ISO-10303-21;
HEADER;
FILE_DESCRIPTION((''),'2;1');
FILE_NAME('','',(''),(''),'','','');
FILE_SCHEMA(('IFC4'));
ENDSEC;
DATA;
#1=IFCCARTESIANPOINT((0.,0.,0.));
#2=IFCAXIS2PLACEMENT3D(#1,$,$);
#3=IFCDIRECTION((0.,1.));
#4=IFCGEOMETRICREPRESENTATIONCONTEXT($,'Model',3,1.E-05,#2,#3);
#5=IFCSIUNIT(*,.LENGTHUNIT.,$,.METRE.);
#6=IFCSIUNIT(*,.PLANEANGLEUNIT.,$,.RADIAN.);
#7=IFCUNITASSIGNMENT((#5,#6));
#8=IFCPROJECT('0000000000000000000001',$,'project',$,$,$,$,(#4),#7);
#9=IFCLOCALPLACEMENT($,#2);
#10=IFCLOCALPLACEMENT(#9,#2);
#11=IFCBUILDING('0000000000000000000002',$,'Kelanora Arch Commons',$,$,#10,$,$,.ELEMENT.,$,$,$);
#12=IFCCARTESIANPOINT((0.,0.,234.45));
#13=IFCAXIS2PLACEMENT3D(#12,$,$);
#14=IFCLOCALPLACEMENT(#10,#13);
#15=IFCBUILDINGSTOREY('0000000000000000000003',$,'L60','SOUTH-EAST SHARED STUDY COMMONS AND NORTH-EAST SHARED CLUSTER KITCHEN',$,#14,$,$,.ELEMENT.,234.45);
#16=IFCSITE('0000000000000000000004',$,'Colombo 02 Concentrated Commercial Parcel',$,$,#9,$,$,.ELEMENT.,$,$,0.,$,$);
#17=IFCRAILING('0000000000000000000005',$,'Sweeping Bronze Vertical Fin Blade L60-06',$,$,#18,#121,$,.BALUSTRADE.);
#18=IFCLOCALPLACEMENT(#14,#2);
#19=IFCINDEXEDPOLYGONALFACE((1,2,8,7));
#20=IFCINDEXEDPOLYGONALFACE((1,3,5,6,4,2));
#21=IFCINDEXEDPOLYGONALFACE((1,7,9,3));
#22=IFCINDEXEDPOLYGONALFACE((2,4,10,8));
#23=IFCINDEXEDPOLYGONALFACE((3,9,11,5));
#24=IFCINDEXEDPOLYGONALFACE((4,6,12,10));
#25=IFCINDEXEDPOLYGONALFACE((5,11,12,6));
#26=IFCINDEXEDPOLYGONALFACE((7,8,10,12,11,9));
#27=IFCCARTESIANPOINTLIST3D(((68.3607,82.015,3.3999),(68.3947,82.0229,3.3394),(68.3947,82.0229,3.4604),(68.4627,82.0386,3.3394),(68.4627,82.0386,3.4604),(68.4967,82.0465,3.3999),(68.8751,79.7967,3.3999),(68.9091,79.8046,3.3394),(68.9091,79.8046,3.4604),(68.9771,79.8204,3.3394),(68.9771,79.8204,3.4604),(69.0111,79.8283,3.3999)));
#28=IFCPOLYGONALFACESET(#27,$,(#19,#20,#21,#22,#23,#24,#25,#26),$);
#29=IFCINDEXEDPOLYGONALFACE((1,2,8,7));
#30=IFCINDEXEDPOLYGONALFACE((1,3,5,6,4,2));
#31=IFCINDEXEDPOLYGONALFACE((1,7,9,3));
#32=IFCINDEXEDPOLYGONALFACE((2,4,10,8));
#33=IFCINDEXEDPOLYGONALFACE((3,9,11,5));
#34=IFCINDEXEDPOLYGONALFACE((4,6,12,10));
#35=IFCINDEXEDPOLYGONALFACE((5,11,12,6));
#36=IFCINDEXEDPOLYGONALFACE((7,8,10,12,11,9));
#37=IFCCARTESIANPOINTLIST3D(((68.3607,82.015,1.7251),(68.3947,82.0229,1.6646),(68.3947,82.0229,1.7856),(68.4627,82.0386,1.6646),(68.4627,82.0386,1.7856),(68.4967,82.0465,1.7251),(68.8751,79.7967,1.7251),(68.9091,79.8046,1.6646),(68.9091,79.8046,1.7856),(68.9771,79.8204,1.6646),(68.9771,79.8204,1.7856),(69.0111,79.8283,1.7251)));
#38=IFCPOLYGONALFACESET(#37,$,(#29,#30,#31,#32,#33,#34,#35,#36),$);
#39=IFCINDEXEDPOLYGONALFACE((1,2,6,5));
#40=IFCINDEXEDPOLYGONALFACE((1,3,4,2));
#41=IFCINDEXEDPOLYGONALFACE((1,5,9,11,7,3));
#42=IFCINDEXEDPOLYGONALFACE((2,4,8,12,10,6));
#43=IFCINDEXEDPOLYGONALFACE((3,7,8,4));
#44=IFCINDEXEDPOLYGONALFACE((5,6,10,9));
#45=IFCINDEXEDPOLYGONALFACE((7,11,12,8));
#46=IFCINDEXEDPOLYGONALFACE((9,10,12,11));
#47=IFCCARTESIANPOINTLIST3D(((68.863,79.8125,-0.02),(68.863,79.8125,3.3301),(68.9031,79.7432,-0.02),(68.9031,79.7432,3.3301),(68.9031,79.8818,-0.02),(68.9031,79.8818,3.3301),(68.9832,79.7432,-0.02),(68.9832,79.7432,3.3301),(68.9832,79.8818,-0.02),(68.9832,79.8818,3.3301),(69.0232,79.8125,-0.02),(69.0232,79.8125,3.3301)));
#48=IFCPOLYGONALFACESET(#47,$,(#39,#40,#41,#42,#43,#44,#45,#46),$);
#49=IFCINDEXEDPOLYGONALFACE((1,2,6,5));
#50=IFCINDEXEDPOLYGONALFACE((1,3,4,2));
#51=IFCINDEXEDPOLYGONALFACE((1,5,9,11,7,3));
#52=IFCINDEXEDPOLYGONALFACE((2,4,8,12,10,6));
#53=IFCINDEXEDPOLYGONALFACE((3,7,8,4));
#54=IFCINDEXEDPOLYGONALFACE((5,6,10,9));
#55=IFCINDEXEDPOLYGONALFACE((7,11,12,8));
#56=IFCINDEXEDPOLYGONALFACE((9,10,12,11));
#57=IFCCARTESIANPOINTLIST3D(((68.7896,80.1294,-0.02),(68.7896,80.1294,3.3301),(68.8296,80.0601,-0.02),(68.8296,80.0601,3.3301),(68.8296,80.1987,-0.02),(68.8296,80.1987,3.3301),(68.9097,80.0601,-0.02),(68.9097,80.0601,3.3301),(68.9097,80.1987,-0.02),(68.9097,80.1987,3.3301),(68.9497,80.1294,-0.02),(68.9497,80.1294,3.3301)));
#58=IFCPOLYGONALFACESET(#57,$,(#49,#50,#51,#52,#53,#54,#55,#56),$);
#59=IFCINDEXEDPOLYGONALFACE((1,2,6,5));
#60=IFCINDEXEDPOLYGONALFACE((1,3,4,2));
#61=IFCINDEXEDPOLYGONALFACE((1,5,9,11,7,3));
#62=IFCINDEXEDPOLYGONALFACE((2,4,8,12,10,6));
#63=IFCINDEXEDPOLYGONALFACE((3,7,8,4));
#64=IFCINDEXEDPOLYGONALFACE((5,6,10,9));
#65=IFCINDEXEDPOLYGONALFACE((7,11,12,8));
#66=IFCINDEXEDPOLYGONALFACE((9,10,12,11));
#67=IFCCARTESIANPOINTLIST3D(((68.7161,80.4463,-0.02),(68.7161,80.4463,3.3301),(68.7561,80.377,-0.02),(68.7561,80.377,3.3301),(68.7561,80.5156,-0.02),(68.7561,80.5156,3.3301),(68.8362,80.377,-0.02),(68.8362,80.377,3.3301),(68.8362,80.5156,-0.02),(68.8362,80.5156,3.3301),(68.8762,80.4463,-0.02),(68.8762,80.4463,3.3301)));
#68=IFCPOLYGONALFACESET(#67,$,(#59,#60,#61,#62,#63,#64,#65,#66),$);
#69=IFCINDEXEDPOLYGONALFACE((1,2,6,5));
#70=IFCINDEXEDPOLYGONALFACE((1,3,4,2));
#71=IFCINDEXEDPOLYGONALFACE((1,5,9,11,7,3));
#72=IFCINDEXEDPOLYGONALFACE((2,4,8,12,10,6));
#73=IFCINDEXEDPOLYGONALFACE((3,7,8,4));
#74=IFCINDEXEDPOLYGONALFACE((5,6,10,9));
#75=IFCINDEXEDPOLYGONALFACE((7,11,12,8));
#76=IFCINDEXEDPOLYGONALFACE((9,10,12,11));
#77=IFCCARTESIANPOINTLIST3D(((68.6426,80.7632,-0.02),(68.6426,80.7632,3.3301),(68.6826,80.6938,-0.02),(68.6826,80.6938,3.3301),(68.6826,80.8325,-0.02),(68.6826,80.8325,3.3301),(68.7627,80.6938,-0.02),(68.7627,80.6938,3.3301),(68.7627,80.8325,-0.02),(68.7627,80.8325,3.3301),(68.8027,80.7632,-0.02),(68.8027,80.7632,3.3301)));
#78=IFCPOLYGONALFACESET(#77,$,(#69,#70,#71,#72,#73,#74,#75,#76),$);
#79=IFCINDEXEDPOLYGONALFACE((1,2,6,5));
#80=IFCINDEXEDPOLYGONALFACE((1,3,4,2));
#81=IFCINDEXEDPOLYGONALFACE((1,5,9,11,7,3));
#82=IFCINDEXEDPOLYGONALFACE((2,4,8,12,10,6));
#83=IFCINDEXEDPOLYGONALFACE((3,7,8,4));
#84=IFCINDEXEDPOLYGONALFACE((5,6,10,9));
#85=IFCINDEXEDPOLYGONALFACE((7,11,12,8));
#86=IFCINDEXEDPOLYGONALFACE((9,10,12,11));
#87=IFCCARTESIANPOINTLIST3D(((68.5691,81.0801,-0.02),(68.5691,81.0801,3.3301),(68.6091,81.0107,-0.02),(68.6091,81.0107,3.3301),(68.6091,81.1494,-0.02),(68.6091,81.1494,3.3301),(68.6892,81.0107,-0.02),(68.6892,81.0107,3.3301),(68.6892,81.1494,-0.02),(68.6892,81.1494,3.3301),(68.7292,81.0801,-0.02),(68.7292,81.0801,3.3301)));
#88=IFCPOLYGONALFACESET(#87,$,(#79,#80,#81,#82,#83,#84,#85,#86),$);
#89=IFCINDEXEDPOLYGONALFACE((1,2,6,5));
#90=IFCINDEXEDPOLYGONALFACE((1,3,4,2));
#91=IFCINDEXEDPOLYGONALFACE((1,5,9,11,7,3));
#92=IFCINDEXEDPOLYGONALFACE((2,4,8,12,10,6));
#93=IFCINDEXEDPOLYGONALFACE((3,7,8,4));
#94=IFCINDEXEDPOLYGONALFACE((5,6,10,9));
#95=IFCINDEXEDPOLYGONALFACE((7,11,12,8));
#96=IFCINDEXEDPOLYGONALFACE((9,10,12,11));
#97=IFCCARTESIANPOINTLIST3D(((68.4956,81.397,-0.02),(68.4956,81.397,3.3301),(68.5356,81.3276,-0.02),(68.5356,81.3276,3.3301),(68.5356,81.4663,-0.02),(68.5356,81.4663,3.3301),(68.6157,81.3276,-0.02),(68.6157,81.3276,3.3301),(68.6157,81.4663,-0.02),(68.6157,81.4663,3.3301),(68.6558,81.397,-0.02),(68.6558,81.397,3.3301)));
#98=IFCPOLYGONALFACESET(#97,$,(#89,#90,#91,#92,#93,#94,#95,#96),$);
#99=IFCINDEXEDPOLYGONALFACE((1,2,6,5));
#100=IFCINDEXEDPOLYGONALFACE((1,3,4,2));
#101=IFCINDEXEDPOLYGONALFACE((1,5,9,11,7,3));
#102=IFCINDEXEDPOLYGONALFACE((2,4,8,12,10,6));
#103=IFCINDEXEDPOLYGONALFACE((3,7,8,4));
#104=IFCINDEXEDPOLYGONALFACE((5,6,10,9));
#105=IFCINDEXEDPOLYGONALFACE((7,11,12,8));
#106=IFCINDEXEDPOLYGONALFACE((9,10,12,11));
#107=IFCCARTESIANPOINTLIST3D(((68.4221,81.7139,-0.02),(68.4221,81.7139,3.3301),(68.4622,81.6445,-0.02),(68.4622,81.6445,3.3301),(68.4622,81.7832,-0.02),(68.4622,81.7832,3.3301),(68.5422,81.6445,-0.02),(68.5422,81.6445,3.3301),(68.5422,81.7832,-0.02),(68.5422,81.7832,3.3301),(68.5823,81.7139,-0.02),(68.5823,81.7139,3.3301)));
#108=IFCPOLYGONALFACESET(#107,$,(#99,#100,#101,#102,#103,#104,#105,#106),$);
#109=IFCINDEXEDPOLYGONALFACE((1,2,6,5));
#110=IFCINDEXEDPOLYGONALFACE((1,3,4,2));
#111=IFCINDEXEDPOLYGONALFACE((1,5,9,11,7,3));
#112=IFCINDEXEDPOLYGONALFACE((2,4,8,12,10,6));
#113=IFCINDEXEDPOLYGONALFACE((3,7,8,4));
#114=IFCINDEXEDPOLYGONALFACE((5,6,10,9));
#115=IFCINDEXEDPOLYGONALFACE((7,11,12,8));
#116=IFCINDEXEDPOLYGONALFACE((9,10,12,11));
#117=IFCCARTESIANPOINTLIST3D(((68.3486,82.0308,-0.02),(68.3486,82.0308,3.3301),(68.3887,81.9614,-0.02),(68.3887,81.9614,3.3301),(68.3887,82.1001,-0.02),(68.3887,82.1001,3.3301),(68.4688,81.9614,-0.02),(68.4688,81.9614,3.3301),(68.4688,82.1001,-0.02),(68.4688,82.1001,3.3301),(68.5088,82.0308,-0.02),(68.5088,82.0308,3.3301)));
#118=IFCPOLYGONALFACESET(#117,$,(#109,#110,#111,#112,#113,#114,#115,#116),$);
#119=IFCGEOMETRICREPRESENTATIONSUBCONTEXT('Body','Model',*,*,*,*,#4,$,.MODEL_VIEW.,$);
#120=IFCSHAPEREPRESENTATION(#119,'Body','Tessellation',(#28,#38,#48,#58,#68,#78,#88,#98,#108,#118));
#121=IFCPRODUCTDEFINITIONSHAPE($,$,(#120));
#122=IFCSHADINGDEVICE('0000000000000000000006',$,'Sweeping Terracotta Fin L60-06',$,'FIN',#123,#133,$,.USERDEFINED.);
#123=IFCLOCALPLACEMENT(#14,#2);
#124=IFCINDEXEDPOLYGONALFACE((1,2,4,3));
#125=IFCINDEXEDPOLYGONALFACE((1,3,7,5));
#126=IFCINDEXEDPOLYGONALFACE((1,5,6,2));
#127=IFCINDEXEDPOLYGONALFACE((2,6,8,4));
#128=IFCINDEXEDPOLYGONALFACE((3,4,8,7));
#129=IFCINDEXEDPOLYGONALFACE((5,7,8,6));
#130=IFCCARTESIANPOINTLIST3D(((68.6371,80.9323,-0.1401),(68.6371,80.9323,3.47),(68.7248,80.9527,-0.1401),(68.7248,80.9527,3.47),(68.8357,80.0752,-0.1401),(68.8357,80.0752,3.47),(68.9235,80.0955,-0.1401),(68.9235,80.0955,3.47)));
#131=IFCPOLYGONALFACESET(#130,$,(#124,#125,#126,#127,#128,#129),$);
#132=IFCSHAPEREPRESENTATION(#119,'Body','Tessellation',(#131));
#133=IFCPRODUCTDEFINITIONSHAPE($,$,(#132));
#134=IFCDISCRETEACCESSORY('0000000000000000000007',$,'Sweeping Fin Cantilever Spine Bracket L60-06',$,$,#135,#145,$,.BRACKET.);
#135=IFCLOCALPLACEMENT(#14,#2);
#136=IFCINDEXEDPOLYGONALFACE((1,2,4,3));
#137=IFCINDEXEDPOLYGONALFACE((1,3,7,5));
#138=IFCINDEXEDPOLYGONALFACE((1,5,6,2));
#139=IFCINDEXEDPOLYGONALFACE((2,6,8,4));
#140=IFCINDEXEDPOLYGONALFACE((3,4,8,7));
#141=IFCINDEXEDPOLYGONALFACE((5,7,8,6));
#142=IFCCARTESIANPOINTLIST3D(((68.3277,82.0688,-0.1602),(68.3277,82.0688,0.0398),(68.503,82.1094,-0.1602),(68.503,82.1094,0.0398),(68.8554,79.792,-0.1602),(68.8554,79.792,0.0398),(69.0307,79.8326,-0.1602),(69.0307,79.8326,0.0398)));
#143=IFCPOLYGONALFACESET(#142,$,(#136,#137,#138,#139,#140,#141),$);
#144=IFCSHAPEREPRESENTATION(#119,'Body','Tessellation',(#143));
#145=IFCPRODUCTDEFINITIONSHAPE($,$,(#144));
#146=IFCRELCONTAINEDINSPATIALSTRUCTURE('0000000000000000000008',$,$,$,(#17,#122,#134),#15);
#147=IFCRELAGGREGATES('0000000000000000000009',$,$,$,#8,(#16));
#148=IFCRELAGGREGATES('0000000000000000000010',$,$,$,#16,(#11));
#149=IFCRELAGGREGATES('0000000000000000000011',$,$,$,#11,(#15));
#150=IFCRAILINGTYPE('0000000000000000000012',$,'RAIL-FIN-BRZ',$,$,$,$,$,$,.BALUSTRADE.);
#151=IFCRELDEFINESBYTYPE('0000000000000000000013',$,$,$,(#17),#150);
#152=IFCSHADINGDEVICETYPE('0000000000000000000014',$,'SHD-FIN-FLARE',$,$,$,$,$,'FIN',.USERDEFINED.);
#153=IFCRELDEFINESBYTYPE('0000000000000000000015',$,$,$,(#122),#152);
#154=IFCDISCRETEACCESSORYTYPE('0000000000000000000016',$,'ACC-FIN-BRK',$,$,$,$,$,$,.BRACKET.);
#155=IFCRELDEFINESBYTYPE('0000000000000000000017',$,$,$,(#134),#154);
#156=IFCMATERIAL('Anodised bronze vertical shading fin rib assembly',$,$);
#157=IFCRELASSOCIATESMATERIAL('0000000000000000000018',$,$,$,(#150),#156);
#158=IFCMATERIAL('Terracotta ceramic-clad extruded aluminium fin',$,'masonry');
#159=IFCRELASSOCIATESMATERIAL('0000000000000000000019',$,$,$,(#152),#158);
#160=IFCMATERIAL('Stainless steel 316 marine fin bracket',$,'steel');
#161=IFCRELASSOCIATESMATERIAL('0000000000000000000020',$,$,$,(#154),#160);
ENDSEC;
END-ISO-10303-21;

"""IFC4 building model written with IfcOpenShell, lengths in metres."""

from ifc_helpers import new_model, si_unit, direction, frame, origin, origin_2d, place, context, subcontext, project, spatial, polyline, rectangle, outline, extrude, source, transform, mapped, material, type_object, element, save


model = new_model("IFC4")

# Units and contexts
model_context = context("Model", 3, precision=1e-05, world=origin(), true_north=direction((0.0, 1.0)))
body_context = subcontext(model_context, "Body", "Model", "MODEL_VIEW")
ifc_project = project(units=[si_unit("LENGTHUNIT", "METRE"), si_unit("PLANEANGLEUNIT", "RADIAN")], contexts=[model_context])

# Site, building, storey
site_placement = place(None, origin())
site = spatial("IfcSite", under=ifc_project, at=site_placement, Name="Colombo 02 Concentrated Commercial Parcel", CompositionType="ELEMENT", RefElevation=0.0)
building_placement = place(site_placement, origin())
building = spatial("IfcBuilding", under=site, at=building_placement, Name="Kelanora Arch Commons", CompositionType="ELEMENT")
storey_placement = place(building_placement, frame((0.0, 0.0, 234.45)))
storey = spatial("IfcBuildingStorey", under=building, at=storey_placement, Name="L60", Description="SOUTH-EAST SHARED STUDY COMMONS AND NORTH-EAST SHARED CLUSTER KITCHEN", CompositionType="ELEMENT", Elevation=234.45)

# Railing
ifc_material_1 = material(Name="Anodised bronze vertical shading fin rib assembly")
railing_type = type_object("IfcRailingType", Name="RAIL-FIN-BRZ", PredefinedType="BALUSTRADE", material=ifc_material_1)
railing_placement = place(storey_placement, frame((68.9431, 79.8125, -0.02)))
element("IfcRailing", 1, at=railing_placement, inside=storey, type_object=railing_type, Name="Sweeping Bronze Vertical Fin Blade L60-06", PredefinedType="BALUSTRADE", context=body_context, shape_type="SweptSolid", body=[
    extrude(outline(polyline([(0.0698, 0.0), (0.0349, 0.0605), (-0.0349, 0.0605), (-0.0698, 0.0), (-0.0349, -0.0605), (0.0349, -0.0605), (0.0698, 0.0)])), frame((0.0, 0.0, 3.4199), z_axis=(-0.225901, 0.97415, 0.0), x_axis=(-0.97415, -0.225901, 0.0)), (0.0, 0.0, 1.0), 2.2771),
    extrude(outline(polyline([(0.0698, 0.0), (0.0349, 0.0605), (-0.0349, 0.0605), (-0.0698, 0.0), (-0.0349, -0.0605), (0.0349, -0.0605), (0.0698, 0.0)])), frame((0.0, 0.0, 1.7451), z_axis=(-0.225901, 0.97415, 0.0), x_axis=(-0.97415, -0.225901, 0.0)), (0.0, 0.0, 1.0), 2.2771),
    extrude(outline(polyline([(0.0801, 0.0), (0.04, 0.0693), (-0.04, 0.0693), (-0.0801, 0.0), (-0.04, -0.0693), (0.04, -0.0693), (0.0801, 0.0)])), origin(), (0.0, 0.0, 1.0), 3.3501),
    extrude(outline(polyline([(0.0801, 0.0), (0.04, 0.0693), (-0.04, 0.0693), (-0.0801, 0.0), (-0.04, -0.0693), (0.04, -0.0693), (0.0801, 0.0)])), frame((-0.0735, 0.3169, 0.0)), (0.0, 0.0, 1.0), 3.3501),
    extrude(outline(polyline([(0.0801, 0.0), (0.04, 0.0693), (-0.04, 0.0693), (-0.0801, 0.0), (-0.04, -0.0693), (0.04, -0.0693), (0.0801, 0.0)])), frame((-0.147, 0.6338, 0.0)), (0.0, 0.0, 1.0), 3.3501),
    extrude(outline(polyline([(0.0801, 0.0), (0.04, 0.0693), (-0.04, 0.0693), (-0.0801, 0.0), (-0.04, -0.0693), (0.04, -0.0693), (0.0801, 0.0)])), frame((-0.2205, 0.9507, 0.0)), (0.0, 0.0, 1.0), 3.3501),
    extrude(outline(polyline([(0.0801, 0.0), (0.04, 0.0693), (-0.04, 0.0693), (-0.0801, 0.0), (-0.04, -0.0693), (0.04, -0.0693), (0.0801, 0.0)])), frame((-0.2939, 1.2676, 0.0)), (0.0, 0.0, 1.0), 3.3501),
    extrude(outline(polyline([(0.0801, 0.0), (0.04, 0.0693), (-0.04, 0.0693), (-0.0801, 0.0), (-0.04, -0.0693), (0.04, -0.0693), (0.0801, 0.0)])), frame((-0.3674, 1.5845, 0.0)), (0.0, 0.0, 1.0), 3.3501),
    extrude(outline(polyline([(0.0801, 0.0), (0.04, 0.0693), (-0.04, 0.0693), (-0.0801, 0.0), (-0.04, -0.0693), (0.04, -0.0693), (0.0801, 0.0)])), frame((-0.4409, 1.9014, 0.0)), (0.0, 0.0, 1.0), 3.3501),
    extrude(outline(polyline([(0.0801, 0.0), (0.04, 0.0693), (-0.04, 0.0693), (-0.0801, 0.0), (-0.04, -0.0693), (0.04, -0.0693), (0.0801, 0.0)])), frame((-0.5144, 2.2183, 0.0)), (0.0, 0.0, 1.0), 3.3501),
])

# Shading device
ifc_material_2 = material(Name="Terracotta ceramic-clad extruded aluminium fin", Category="masonry")
shading_device_type = type_object("IfcShadingDeviceType", Name="SHD-FIN-FLARE", ElementType="FIN", PredefinedType="USERDEFINED", material=ifc_material_2)
shared_shape_1 = source(origin(), body_context, "Body", "SweptSolid", [
    extrude(rectangle(XDim=0.8799, YDim=0.0901, at=origin_2d()), origin(), (0.0, 0.0, 1.0), 3.6101),
])
shading_device_placement = place(storey_placement, frame((68.7803, 80.5139, -0.1401), z_axis=(0.0, 0.0, 1.0), x_axis=(-0.225801, 0.974173, 0.0)))
element("IfcShadingDevice", 2, at=shading_device_placement, inside=storey, type_object=shading_device_type, Name="Sweeping Terracotta Fin L60-06", ObjectType="FIN", PredefinedType="USERDEFINED", context=body_context, shape_type="MappedRepresentation", body=[
    mapped(shared_shape_1, transform((0.0, 0.0, 0.0), scale=1.0)),
])

# Discrete accessory
ifc_material_3 = material(Name="Stainless steel 316 marine fin bracket", Category="steel")
discrete_accessory_type = type_object("IfcDiscreteAccessoryType", Name="ACC-FIN-BRK", PredefinedType="BRACKET", material=ifc_material_3)
shared_shape_2 = source(origin(), body_context, "Body", "SweptSolid", [
    extrude(rectangle(XDim=2.3372, YDim=0.1799, at=origin_2d()), origin(), (0.0, 0.0, 1.0), 0.2),
])
discrete_accessory_placement = place(storey_placement, frame((68.6792, 80.9507, -0.1602), z_axis=(0.0, 0.0, 1.0), x_axis=(-0.225801, 0.974173, 0.0)))
element("IfcDiscreteAccessory", 3, at=discrete_accessory_placement, inside=storey, type_object=discrete_accessory_type, Name="Sweeping Fin Cantilever Spine Bracket L60-06", PredefinedType="BRACKET", context=body_context, shape_type="MappedRepresentation", body=[
    mapped(shared_shape_2, transform((0.0, 0.0, 0.0), scale=1.0)),
])

save(model, "model.ifc")
